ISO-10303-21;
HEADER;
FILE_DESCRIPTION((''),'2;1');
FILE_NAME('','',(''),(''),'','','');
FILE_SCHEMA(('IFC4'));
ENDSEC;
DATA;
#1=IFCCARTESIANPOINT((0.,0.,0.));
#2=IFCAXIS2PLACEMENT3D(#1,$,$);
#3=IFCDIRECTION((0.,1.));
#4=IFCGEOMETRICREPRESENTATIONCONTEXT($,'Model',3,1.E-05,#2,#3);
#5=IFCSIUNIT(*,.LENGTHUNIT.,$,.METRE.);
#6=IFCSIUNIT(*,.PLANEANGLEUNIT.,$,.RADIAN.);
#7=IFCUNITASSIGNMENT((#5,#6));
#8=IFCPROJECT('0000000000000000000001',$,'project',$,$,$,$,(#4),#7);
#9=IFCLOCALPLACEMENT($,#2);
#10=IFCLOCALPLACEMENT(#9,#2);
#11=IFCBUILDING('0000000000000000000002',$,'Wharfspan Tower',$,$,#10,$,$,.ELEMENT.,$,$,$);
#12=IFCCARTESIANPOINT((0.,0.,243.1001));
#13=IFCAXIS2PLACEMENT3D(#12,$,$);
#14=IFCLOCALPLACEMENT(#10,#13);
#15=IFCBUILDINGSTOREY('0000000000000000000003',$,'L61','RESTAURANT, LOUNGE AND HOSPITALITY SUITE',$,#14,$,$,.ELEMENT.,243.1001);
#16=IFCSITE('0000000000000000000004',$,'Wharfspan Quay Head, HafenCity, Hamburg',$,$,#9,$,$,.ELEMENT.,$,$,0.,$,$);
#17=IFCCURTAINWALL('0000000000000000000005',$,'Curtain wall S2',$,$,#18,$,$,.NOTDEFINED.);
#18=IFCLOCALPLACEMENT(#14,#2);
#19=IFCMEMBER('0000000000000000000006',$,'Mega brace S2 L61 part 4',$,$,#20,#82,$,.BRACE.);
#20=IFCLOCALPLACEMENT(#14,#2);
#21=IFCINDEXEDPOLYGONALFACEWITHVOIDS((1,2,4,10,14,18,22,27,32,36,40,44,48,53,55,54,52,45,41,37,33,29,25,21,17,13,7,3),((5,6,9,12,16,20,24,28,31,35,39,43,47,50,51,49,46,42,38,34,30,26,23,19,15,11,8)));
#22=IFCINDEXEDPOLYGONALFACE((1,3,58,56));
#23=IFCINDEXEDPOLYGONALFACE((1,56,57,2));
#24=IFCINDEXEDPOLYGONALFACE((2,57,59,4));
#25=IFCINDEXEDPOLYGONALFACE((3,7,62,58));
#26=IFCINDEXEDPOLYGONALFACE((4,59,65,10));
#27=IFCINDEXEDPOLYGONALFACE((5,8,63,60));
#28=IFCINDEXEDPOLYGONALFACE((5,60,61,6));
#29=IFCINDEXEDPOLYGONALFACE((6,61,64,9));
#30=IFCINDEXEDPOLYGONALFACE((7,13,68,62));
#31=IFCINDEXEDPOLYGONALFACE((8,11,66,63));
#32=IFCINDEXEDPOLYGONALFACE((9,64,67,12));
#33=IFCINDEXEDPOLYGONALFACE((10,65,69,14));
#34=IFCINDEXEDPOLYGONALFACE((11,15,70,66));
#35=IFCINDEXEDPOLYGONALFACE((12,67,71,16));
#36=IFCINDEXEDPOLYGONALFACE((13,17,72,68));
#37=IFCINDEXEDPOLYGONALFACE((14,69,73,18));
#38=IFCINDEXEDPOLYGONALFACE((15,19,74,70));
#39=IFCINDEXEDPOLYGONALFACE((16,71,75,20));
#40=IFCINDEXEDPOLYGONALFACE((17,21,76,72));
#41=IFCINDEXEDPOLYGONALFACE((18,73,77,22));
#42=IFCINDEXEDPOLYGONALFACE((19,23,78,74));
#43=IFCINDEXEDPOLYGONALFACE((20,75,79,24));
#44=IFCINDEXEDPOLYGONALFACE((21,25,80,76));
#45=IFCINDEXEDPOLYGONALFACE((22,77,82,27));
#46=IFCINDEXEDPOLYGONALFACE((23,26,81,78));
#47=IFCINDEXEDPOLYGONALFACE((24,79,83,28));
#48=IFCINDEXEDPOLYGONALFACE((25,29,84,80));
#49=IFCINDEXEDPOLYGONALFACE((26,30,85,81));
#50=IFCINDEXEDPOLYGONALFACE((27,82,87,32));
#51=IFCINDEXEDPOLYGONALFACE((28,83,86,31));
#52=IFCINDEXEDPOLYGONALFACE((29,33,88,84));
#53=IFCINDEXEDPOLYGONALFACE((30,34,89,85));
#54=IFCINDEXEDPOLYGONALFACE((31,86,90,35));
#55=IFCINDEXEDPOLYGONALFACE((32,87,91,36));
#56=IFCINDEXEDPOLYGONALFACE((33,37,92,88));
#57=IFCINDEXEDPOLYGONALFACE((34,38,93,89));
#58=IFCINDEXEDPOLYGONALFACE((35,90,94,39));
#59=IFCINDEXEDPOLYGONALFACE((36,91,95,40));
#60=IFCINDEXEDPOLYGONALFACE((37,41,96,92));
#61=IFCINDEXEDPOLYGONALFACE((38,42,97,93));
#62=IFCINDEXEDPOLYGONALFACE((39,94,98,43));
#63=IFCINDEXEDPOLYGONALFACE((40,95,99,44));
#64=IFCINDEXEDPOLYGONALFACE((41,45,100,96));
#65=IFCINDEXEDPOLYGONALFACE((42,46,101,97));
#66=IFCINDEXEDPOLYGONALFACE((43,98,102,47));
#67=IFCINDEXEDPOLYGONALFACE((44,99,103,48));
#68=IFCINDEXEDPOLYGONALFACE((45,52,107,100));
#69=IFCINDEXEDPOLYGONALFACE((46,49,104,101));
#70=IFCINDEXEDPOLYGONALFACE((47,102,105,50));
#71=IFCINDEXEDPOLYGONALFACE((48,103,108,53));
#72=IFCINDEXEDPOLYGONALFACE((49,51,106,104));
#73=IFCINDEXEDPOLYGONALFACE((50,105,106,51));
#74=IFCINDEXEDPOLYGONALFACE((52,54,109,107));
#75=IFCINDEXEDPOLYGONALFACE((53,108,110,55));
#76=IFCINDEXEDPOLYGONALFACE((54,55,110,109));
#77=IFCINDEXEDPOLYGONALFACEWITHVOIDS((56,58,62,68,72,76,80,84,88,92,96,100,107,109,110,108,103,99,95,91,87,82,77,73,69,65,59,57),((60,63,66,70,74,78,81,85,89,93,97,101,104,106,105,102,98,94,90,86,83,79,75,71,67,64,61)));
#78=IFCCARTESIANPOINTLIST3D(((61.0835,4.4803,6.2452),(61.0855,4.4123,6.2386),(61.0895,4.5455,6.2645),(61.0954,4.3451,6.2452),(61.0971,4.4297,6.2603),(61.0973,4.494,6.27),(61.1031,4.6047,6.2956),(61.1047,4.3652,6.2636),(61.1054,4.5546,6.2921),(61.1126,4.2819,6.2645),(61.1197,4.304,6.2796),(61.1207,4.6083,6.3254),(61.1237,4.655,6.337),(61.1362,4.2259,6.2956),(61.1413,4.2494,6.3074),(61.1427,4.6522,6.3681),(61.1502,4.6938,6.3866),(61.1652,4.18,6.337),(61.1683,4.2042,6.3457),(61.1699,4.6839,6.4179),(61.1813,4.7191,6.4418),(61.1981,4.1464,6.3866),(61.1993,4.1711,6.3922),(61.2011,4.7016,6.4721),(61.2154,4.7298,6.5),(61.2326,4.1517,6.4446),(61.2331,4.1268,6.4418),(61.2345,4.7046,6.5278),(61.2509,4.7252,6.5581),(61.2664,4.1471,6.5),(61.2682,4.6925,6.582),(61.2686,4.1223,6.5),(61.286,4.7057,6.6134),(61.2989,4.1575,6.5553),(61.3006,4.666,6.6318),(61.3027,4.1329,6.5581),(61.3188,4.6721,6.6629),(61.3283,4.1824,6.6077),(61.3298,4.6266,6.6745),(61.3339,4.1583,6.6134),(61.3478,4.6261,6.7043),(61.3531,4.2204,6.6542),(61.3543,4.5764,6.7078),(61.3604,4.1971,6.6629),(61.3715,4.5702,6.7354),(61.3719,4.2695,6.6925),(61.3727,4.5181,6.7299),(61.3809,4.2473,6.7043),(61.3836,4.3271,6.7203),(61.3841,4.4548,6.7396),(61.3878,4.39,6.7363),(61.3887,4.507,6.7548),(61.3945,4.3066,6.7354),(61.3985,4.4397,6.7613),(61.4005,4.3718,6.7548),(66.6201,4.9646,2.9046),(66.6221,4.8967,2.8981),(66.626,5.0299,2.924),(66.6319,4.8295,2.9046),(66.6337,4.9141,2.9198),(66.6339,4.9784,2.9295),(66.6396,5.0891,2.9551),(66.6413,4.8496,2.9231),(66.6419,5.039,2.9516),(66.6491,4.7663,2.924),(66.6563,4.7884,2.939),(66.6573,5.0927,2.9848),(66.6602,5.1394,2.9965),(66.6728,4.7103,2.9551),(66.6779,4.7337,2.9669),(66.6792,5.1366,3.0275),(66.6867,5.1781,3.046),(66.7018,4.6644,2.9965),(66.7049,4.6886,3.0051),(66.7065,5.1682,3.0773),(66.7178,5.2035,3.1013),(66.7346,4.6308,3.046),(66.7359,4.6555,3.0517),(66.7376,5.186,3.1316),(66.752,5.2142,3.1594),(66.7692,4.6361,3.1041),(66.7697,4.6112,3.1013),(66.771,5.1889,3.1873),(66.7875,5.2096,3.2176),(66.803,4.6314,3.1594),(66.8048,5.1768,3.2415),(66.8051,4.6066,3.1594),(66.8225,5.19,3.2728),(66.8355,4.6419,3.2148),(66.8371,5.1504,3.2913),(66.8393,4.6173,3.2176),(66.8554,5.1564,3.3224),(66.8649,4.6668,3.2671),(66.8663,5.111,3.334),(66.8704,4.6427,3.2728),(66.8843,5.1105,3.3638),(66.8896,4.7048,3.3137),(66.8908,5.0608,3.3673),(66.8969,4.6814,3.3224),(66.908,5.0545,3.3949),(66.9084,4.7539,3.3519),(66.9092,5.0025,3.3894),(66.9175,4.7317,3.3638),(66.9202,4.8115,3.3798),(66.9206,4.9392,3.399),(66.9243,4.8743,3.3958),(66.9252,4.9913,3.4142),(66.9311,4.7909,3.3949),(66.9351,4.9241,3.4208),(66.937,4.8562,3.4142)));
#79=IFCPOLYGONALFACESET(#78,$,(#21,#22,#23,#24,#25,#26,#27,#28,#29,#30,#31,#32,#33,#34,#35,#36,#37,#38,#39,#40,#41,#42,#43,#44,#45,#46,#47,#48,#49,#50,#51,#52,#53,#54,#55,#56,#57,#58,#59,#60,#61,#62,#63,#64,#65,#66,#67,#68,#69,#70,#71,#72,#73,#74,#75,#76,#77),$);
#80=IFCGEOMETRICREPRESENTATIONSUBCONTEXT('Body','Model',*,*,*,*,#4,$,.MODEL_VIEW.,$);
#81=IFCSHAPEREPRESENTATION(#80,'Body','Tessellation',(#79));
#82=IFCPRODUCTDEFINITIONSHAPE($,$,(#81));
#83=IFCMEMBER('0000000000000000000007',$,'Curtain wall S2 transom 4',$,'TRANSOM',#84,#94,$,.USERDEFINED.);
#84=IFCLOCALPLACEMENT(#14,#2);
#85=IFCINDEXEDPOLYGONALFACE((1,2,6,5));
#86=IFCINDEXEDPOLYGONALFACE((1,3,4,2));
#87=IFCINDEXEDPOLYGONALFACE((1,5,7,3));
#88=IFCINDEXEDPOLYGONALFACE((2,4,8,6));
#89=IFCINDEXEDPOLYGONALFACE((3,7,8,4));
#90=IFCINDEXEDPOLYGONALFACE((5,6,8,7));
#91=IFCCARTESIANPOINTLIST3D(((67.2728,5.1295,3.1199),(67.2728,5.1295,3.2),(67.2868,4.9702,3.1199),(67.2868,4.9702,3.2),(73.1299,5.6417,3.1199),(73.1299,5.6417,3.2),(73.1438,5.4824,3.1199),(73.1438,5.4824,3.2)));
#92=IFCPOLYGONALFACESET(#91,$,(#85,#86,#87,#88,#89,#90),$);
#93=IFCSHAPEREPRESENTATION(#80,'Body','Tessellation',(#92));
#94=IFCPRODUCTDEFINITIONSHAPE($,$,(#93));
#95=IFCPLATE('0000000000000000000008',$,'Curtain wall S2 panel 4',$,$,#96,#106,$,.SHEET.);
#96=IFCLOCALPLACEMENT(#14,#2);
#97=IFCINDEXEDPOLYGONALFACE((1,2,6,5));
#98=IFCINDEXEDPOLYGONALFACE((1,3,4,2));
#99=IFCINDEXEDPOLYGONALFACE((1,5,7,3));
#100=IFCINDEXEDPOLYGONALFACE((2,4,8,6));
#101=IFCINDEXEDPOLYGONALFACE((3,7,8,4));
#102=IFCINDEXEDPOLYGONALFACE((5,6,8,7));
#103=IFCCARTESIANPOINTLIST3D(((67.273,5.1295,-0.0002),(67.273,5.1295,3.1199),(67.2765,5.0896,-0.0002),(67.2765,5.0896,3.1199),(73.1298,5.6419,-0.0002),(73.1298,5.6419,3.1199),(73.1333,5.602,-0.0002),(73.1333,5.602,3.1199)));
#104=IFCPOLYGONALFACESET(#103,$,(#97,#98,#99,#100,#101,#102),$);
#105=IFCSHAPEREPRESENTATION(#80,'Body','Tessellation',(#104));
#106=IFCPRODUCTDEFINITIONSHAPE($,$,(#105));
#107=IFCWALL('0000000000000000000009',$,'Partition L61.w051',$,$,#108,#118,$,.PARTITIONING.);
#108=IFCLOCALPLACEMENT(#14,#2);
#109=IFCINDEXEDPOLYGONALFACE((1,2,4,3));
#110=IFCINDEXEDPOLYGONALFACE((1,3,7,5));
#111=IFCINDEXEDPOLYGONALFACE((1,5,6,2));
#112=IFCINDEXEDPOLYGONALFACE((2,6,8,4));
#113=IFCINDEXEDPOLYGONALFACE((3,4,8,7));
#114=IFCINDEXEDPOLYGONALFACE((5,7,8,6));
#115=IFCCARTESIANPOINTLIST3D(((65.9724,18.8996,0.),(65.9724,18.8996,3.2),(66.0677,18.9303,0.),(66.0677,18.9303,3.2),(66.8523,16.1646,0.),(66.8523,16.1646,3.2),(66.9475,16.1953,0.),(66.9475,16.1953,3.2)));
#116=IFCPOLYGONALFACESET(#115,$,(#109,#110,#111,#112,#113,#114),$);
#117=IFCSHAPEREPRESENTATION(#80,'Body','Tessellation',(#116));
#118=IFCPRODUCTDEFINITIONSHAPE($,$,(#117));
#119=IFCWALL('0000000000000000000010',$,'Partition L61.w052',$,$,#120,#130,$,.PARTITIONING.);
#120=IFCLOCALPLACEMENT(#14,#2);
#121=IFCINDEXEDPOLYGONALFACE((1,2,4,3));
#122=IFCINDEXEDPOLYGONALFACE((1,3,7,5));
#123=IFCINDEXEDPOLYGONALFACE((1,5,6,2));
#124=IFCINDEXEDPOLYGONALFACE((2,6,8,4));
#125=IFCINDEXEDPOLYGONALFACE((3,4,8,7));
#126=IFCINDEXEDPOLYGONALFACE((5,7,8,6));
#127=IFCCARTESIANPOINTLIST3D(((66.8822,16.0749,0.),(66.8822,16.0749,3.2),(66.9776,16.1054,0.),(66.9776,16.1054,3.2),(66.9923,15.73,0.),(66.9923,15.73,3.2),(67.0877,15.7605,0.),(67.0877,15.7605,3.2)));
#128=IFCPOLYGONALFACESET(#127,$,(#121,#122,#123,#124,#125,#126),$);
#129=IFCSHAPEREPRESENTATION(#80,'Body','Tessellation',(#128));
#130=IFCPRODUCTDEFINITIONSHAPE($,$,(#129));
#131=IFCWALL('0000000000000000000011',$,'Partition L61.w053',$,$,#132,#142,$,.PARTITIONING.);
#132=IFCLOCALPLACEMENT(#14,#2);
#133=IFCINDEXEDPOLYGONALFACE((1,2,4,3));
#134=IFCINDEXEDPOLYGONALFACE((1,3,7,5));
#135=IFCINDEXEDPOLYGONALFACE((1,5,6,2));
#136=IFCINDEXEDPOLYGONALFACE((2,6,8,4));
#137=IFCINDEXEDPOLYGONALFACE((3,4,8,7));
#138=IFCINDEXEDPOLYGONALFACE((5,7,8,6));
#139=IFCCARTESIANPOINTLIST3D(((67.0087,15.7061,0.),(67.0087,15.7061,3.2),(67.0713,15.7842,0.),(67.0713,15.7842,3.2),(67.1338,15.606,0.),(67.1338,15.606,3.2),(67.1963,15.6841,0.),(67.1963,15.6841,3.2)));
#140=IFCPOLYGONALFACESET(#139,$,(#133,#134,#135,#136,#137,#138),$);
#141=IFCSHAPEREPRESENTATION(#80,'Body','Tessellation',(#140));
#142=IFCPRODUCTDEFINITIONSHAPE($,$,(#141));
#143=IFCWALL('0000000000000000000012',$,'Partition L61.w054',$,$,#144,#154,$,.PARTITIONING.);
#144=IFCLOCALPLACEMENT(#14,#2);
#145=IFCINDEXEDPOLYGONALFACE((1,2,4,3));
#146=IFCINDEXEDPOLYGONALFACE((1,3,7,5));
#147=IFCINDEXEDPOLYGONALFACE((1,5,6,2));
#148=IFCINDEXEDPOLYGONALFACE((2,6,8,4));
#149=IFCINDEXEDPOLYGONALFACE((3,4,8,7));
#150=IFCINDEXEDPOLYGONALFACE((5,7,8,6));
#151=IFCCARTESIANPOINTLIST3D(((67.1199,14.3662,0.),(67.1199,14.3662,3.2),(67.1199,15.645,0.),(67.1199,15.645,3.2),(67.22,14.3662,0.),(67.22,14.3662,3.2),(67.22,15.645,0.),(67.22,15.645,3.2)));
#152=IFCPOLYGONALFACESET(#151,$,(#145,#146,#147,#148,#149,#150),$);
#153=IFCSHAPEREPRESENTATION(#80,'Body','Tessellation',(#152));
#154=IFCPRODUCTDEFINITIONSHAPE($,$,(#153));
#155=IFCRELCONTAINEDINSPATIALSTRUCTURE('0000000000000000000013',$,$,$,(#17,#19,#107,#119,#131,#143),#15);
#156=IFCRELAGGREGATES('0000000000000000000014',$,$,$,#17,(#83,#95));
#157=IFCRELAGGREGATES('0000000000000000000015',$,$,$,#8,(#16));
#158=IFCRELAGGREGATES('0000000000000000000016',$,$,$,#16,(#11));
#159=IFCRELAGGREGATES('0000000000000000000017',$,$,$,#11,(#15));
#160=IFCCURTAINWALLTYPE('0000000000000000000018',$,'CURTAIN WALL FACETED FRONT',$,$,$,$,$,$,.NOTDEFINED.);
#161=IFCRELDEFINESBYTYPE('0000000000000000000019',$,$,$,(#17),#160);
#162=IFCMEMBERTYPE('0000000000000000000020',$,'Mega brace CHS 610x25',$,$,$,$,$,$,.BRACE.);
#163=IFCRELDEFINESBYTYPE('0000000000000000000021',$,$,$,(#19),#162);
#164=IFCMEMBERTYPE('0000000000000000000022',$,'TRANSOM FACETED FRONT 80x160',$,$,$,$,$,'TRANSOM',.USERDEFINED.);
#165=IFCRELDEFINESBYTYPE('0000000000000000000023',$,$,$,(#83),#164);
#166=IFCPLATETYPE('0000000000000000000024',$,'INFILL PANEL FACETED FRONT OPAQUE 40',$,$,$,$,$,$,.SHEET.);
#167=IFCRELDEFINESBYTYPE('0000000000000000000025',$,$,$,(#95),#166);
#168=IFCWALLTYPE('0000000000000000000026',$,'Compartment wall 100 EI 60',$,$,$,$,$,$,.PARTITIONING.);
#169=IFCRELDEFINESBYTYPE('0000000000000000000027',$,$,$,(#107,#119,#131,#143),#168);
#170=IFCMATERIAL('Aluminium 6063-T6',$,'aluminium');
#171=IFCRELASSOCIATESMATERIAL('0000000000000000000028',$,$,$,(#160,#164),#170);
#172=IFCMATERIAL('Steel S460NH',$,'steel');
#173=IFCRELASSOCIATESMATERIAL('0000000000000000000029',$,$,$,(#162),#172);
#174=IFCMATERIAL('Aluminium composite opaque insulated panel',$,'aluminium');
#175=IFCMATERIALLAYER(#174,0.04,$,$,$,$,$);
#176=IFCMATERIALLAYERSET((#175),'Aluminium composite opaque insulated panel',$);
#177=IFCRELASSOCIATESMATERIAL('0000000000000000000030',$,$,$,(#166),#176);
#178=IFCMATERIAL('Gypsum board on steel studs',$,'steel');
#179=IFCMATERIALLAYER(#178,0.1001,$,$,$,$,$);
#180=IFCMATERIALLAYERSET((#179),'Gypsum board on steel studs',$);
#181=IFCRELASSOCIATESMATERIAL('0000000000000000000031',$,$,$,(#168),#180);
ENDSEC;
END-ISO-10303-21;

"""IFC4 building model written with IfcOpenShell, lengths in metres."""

from ifc_helpers import new_model, si_unit, direction, frame, frame_2d, origin, origin_2d, place, context, subcontext, project, spatial, rectangle, hollow_circle, extrude, material, layer, layer_set, material_profile, profile_set, type_object, element, aggregate, save


model = new_model("IFC4")

# Units and contexts
model_context = context("Model", 3, precision=1e-05, world=origin(), true_north=direction((0.0, 1.0)))
body_context = subcontext(model_context, "Body", "Model", "MODEL_VIEW")
ifc_project = project(units=[si_unit("LENGTHUNIT", "METRE"), si_unit("PLANEANGLEUNIT", "RADIAN")], contexts=[model_context])

# Site, building, storey
site_placement = place(None, origin())
site = spatial("IfcSite", under=ifc_project, at=site_placement, Name="Wharfspan Quay Head, HafenCity, Hamburg", CompositionType="ELEMENT", RefElevation=0.0)
building_placement = place(site_placement, origin())
building = spatial("IfcBuilding", under=site, at=building_placement, Name="Wharfspan Tower", CompositionType="ELEMENT")
storey_placement = place(building_placement, frame((0.0, 0.0, 243.1001)))
storey = spatial("IfcBuildingStorey", under=building, at=storey_placement, Name="L61", Description="RESTAURANT, LOUNGE AND HOSPITALITY SUITE", CompositionType="ELEMENT", Elevation=243.1001)

# Curtain wall
ifc_material_1 = material(Name="Aluminium 6063-T6", Category="aluminium")
curtain_wall_type = type_object("IfcCurtainWallType", Name="CURTAIN WALL FACETED FRONT", PredefinedType="NOTDEFINED", material=ifc_material_1)
curtain_wall_placement = place(storey_placement, origin())
curtain_wall = element("IfcCurtainWall", 1, at=curtain_wall_placement, inside=storey, type_object=curtain_wall_type, Name="Curtain wall S2", PredefinedType="NOTDEFINED")

# Member
ifc_material_2 = material(Name="Steel S460NH", Category="steel")
ifc_material_profile_1 = material_profile(ifc_material_2, hollow_circle(Radius=0.3049, WallThickness=0.0249, at=origin_2d()))
ifc_profile_set_1 = profile_set([ifc_material_profile_1], Name="Steel S460NH")
member_type_1 = type_object("IfcMemberType", Name="Mega brace CHS 610x25", PredefinedType="BRACE", material=ifc_profile_set_1)
for number, where, z_axis, x_axis, name in (
    (2, (66.7786, 4.9104, 3.1594), (-0.853829, -0.074698, 0.515166), (0.087155, -0.996197, 0.000003), "Mega brace S2 L61 part 4"),
):
    element("IfcMember", number, at=place(storey_placement, frame(where, z_axis=z_axis, x_axis=x_axis)), inside=storey, type_object=member_type_1, Name=name, PredefinedType="BRACE", context=body_context, shape_type="SweptSolid", body=[
        extrude(hollow_circle(Radius=0.3049, WallThickness=0.0249, at=origin_2d()), origin(), (0.0, 0.0, 1.0), 6.4844),
    ])

# Member
ifc_material_profile_2 = material_profile(ifc_material_1, rectangle(XDim=0.1599, YDim=0.0801, at=origin_2d()))
ifc_profile_set_2 = profile_set([ifc_material_profile_2], Name="Aluminium 6063-T6")
member_type_2 = type_object("IfcMemberType", Name="TRANSOM FACETED FRONT 80x160", ElementType="TRANSOM", PredefinedType="USERDEFINED", material=ifc_profile_set_2)
member_1_placement = place(storey_placement, frame((67.2798, 5.0498, 3.1599), z_axis=(0.996198, 0.087121, 0.0), x_axis=(-0.087121, 0.996198, 0.0)))
member_1 = element("IfcMember", 3, at=member_1_placement, type_object=member_type_2, Name="Curtain wall S2 transom 4", ObjectType="TRANSOM", PredefinedType="USERDEFINED", context=body_context, shape_type="SweptSolid", body=[
    extrude(rectangle(XDim=0.1599, YDim=0.0801, at=origin_2d()), origin(), (0.0, 0.0, 1.0), 5.8794),
])

# Plate
ifc_material_3 = material(Name="Aluminium composite opaque insulated panel", Category="aluminium")
ifc_layer_1 = layer(ifc_material_3, 0.04)
ifc_layer_set_1 = layer_set([ifc_layer_1], Name="Aluminium composite opaque insulated panel")
plate_type = type_object("IfcPlateType", Name="INFILL PANEL FACETED FRONT OPAQUE 40", PredefinedType="SHEET", material=ifc_layer_set_1)
plate_placement = place(storey_placement, frame((70.2031, 5.3657, -0.0002), z_axis=(0.0, 0.0, 1.0), x_axis=(0.996197, 0.087156, 0.0)))
plate = element("IfcPlate", 4, at=plate_placement, type_object=plate_type, Name="Curtain wall S2 panel 4", PredefinedType="SHEET", context=body_context, shape_type="SweptSolid", body=[
    extrude(rectangle(XDim=5.8792, YDim=0.04, at=origin_2d()), origin(), (0.0, 0.0, 1.0), 3.1201),
])
aggregate(curtain_wall, [member_1, plate])

# Walls
ifc_material_4 = material(Name="Gypsum board on steel studs", Category="steel")
ifc_layer_2 = layer(ifc_material_4, 0.1001)
ifc_layer_set_2 = layer_set([ifc_layer_2], Name="Gypsum board on steel studs")
wall_type_1 = type_object("IfcWallType", Name="Compartment wall 100 EI 60", PredefinedType="PARTITIONING", material=ifc_layer_set_2)
wall_1_placement = place(storey_placement, frame((66.8999, 16.1799, 0.0), z_axis=(0.0, 0.0, 1.0), x_axis=(-0.306242, 0.95195, 0.0)))
element("IfcWall", 5, at=wall_1_placement, inside=storey, type_object=wall_type_1, Name="Partition L61.w051", PredefinedType="PARTITIONING", context=body_context, shape_type="SweptSolid", body=[
    extrude(rectangle(XDim=2.873, YDim=0.1001, at=frame_2d((1.4365, 0.0))), origin(), (0.0, 0.0, 1.0), 3.2),
])
wall_2_placement = place(storey_placement, frame((67.04, 15.7451, 0.0), z_axis=(0.0, 0.0, 1.0), x_axis=(-0.304065, 0.952647, 0.0)))
element("IfcWall", 6, at=wall_2_placement, inside=storey, type_object=wall_type_1, Name="Partition L61.w052", PredefinedType="PARTITIONING", context=body_context, shape_type="SweptSolid", body=[
    extrude(rectangle(XDim=0.3621, YDim=0.1001, at=frame_2d((0.1812, 0.0))), origin(), (0.0, 0.0, 1.0), 3.2),
])
wall_3_placement = place(storey_placement, frame((67.165, 15.645, 0.0), z_axis=(0.0, 0.0, 1.0), x_axis=(-0.780569, 0.625065, 0.0)))
element("IfcWall", 7, at=wall_3_placement, inside=storey, type_object=wall_type_1, Name="Partition L61.w053", PredefinedType="PARTITIONING", context=body_context, shape_type="SweptSolid", body=[
    extrude(rectangle(XDim=0.1602, YDim=0.1001, at=frame_2d((0.0801, 0.0))), origin(), (0.0, 0.0, 1.0), 3.2),
])
wall_4_placement = place(storey_placement, frame((67.1699, 14.3662, 0.0), z_axis=(0.0, 0.0, 1.0), x_axis=(0.0, 1.0, 0.0)))
element("IfcWall", 8, at=wall_4_placement, inside=storey, type_object=wall_type_1, Name="Partition L61.w054", PredefinedType="PARTITIONING", context=body_context, shape_type="SweptSolid", body=[
    extrude(rectangle(XDim=1.2788, YDim=0.1001, at=frame_2d((0.6394, 0.0))), origin(), (0.0, 0.0, 1.0), 3.2),
])

save(model, "model.ifc")
